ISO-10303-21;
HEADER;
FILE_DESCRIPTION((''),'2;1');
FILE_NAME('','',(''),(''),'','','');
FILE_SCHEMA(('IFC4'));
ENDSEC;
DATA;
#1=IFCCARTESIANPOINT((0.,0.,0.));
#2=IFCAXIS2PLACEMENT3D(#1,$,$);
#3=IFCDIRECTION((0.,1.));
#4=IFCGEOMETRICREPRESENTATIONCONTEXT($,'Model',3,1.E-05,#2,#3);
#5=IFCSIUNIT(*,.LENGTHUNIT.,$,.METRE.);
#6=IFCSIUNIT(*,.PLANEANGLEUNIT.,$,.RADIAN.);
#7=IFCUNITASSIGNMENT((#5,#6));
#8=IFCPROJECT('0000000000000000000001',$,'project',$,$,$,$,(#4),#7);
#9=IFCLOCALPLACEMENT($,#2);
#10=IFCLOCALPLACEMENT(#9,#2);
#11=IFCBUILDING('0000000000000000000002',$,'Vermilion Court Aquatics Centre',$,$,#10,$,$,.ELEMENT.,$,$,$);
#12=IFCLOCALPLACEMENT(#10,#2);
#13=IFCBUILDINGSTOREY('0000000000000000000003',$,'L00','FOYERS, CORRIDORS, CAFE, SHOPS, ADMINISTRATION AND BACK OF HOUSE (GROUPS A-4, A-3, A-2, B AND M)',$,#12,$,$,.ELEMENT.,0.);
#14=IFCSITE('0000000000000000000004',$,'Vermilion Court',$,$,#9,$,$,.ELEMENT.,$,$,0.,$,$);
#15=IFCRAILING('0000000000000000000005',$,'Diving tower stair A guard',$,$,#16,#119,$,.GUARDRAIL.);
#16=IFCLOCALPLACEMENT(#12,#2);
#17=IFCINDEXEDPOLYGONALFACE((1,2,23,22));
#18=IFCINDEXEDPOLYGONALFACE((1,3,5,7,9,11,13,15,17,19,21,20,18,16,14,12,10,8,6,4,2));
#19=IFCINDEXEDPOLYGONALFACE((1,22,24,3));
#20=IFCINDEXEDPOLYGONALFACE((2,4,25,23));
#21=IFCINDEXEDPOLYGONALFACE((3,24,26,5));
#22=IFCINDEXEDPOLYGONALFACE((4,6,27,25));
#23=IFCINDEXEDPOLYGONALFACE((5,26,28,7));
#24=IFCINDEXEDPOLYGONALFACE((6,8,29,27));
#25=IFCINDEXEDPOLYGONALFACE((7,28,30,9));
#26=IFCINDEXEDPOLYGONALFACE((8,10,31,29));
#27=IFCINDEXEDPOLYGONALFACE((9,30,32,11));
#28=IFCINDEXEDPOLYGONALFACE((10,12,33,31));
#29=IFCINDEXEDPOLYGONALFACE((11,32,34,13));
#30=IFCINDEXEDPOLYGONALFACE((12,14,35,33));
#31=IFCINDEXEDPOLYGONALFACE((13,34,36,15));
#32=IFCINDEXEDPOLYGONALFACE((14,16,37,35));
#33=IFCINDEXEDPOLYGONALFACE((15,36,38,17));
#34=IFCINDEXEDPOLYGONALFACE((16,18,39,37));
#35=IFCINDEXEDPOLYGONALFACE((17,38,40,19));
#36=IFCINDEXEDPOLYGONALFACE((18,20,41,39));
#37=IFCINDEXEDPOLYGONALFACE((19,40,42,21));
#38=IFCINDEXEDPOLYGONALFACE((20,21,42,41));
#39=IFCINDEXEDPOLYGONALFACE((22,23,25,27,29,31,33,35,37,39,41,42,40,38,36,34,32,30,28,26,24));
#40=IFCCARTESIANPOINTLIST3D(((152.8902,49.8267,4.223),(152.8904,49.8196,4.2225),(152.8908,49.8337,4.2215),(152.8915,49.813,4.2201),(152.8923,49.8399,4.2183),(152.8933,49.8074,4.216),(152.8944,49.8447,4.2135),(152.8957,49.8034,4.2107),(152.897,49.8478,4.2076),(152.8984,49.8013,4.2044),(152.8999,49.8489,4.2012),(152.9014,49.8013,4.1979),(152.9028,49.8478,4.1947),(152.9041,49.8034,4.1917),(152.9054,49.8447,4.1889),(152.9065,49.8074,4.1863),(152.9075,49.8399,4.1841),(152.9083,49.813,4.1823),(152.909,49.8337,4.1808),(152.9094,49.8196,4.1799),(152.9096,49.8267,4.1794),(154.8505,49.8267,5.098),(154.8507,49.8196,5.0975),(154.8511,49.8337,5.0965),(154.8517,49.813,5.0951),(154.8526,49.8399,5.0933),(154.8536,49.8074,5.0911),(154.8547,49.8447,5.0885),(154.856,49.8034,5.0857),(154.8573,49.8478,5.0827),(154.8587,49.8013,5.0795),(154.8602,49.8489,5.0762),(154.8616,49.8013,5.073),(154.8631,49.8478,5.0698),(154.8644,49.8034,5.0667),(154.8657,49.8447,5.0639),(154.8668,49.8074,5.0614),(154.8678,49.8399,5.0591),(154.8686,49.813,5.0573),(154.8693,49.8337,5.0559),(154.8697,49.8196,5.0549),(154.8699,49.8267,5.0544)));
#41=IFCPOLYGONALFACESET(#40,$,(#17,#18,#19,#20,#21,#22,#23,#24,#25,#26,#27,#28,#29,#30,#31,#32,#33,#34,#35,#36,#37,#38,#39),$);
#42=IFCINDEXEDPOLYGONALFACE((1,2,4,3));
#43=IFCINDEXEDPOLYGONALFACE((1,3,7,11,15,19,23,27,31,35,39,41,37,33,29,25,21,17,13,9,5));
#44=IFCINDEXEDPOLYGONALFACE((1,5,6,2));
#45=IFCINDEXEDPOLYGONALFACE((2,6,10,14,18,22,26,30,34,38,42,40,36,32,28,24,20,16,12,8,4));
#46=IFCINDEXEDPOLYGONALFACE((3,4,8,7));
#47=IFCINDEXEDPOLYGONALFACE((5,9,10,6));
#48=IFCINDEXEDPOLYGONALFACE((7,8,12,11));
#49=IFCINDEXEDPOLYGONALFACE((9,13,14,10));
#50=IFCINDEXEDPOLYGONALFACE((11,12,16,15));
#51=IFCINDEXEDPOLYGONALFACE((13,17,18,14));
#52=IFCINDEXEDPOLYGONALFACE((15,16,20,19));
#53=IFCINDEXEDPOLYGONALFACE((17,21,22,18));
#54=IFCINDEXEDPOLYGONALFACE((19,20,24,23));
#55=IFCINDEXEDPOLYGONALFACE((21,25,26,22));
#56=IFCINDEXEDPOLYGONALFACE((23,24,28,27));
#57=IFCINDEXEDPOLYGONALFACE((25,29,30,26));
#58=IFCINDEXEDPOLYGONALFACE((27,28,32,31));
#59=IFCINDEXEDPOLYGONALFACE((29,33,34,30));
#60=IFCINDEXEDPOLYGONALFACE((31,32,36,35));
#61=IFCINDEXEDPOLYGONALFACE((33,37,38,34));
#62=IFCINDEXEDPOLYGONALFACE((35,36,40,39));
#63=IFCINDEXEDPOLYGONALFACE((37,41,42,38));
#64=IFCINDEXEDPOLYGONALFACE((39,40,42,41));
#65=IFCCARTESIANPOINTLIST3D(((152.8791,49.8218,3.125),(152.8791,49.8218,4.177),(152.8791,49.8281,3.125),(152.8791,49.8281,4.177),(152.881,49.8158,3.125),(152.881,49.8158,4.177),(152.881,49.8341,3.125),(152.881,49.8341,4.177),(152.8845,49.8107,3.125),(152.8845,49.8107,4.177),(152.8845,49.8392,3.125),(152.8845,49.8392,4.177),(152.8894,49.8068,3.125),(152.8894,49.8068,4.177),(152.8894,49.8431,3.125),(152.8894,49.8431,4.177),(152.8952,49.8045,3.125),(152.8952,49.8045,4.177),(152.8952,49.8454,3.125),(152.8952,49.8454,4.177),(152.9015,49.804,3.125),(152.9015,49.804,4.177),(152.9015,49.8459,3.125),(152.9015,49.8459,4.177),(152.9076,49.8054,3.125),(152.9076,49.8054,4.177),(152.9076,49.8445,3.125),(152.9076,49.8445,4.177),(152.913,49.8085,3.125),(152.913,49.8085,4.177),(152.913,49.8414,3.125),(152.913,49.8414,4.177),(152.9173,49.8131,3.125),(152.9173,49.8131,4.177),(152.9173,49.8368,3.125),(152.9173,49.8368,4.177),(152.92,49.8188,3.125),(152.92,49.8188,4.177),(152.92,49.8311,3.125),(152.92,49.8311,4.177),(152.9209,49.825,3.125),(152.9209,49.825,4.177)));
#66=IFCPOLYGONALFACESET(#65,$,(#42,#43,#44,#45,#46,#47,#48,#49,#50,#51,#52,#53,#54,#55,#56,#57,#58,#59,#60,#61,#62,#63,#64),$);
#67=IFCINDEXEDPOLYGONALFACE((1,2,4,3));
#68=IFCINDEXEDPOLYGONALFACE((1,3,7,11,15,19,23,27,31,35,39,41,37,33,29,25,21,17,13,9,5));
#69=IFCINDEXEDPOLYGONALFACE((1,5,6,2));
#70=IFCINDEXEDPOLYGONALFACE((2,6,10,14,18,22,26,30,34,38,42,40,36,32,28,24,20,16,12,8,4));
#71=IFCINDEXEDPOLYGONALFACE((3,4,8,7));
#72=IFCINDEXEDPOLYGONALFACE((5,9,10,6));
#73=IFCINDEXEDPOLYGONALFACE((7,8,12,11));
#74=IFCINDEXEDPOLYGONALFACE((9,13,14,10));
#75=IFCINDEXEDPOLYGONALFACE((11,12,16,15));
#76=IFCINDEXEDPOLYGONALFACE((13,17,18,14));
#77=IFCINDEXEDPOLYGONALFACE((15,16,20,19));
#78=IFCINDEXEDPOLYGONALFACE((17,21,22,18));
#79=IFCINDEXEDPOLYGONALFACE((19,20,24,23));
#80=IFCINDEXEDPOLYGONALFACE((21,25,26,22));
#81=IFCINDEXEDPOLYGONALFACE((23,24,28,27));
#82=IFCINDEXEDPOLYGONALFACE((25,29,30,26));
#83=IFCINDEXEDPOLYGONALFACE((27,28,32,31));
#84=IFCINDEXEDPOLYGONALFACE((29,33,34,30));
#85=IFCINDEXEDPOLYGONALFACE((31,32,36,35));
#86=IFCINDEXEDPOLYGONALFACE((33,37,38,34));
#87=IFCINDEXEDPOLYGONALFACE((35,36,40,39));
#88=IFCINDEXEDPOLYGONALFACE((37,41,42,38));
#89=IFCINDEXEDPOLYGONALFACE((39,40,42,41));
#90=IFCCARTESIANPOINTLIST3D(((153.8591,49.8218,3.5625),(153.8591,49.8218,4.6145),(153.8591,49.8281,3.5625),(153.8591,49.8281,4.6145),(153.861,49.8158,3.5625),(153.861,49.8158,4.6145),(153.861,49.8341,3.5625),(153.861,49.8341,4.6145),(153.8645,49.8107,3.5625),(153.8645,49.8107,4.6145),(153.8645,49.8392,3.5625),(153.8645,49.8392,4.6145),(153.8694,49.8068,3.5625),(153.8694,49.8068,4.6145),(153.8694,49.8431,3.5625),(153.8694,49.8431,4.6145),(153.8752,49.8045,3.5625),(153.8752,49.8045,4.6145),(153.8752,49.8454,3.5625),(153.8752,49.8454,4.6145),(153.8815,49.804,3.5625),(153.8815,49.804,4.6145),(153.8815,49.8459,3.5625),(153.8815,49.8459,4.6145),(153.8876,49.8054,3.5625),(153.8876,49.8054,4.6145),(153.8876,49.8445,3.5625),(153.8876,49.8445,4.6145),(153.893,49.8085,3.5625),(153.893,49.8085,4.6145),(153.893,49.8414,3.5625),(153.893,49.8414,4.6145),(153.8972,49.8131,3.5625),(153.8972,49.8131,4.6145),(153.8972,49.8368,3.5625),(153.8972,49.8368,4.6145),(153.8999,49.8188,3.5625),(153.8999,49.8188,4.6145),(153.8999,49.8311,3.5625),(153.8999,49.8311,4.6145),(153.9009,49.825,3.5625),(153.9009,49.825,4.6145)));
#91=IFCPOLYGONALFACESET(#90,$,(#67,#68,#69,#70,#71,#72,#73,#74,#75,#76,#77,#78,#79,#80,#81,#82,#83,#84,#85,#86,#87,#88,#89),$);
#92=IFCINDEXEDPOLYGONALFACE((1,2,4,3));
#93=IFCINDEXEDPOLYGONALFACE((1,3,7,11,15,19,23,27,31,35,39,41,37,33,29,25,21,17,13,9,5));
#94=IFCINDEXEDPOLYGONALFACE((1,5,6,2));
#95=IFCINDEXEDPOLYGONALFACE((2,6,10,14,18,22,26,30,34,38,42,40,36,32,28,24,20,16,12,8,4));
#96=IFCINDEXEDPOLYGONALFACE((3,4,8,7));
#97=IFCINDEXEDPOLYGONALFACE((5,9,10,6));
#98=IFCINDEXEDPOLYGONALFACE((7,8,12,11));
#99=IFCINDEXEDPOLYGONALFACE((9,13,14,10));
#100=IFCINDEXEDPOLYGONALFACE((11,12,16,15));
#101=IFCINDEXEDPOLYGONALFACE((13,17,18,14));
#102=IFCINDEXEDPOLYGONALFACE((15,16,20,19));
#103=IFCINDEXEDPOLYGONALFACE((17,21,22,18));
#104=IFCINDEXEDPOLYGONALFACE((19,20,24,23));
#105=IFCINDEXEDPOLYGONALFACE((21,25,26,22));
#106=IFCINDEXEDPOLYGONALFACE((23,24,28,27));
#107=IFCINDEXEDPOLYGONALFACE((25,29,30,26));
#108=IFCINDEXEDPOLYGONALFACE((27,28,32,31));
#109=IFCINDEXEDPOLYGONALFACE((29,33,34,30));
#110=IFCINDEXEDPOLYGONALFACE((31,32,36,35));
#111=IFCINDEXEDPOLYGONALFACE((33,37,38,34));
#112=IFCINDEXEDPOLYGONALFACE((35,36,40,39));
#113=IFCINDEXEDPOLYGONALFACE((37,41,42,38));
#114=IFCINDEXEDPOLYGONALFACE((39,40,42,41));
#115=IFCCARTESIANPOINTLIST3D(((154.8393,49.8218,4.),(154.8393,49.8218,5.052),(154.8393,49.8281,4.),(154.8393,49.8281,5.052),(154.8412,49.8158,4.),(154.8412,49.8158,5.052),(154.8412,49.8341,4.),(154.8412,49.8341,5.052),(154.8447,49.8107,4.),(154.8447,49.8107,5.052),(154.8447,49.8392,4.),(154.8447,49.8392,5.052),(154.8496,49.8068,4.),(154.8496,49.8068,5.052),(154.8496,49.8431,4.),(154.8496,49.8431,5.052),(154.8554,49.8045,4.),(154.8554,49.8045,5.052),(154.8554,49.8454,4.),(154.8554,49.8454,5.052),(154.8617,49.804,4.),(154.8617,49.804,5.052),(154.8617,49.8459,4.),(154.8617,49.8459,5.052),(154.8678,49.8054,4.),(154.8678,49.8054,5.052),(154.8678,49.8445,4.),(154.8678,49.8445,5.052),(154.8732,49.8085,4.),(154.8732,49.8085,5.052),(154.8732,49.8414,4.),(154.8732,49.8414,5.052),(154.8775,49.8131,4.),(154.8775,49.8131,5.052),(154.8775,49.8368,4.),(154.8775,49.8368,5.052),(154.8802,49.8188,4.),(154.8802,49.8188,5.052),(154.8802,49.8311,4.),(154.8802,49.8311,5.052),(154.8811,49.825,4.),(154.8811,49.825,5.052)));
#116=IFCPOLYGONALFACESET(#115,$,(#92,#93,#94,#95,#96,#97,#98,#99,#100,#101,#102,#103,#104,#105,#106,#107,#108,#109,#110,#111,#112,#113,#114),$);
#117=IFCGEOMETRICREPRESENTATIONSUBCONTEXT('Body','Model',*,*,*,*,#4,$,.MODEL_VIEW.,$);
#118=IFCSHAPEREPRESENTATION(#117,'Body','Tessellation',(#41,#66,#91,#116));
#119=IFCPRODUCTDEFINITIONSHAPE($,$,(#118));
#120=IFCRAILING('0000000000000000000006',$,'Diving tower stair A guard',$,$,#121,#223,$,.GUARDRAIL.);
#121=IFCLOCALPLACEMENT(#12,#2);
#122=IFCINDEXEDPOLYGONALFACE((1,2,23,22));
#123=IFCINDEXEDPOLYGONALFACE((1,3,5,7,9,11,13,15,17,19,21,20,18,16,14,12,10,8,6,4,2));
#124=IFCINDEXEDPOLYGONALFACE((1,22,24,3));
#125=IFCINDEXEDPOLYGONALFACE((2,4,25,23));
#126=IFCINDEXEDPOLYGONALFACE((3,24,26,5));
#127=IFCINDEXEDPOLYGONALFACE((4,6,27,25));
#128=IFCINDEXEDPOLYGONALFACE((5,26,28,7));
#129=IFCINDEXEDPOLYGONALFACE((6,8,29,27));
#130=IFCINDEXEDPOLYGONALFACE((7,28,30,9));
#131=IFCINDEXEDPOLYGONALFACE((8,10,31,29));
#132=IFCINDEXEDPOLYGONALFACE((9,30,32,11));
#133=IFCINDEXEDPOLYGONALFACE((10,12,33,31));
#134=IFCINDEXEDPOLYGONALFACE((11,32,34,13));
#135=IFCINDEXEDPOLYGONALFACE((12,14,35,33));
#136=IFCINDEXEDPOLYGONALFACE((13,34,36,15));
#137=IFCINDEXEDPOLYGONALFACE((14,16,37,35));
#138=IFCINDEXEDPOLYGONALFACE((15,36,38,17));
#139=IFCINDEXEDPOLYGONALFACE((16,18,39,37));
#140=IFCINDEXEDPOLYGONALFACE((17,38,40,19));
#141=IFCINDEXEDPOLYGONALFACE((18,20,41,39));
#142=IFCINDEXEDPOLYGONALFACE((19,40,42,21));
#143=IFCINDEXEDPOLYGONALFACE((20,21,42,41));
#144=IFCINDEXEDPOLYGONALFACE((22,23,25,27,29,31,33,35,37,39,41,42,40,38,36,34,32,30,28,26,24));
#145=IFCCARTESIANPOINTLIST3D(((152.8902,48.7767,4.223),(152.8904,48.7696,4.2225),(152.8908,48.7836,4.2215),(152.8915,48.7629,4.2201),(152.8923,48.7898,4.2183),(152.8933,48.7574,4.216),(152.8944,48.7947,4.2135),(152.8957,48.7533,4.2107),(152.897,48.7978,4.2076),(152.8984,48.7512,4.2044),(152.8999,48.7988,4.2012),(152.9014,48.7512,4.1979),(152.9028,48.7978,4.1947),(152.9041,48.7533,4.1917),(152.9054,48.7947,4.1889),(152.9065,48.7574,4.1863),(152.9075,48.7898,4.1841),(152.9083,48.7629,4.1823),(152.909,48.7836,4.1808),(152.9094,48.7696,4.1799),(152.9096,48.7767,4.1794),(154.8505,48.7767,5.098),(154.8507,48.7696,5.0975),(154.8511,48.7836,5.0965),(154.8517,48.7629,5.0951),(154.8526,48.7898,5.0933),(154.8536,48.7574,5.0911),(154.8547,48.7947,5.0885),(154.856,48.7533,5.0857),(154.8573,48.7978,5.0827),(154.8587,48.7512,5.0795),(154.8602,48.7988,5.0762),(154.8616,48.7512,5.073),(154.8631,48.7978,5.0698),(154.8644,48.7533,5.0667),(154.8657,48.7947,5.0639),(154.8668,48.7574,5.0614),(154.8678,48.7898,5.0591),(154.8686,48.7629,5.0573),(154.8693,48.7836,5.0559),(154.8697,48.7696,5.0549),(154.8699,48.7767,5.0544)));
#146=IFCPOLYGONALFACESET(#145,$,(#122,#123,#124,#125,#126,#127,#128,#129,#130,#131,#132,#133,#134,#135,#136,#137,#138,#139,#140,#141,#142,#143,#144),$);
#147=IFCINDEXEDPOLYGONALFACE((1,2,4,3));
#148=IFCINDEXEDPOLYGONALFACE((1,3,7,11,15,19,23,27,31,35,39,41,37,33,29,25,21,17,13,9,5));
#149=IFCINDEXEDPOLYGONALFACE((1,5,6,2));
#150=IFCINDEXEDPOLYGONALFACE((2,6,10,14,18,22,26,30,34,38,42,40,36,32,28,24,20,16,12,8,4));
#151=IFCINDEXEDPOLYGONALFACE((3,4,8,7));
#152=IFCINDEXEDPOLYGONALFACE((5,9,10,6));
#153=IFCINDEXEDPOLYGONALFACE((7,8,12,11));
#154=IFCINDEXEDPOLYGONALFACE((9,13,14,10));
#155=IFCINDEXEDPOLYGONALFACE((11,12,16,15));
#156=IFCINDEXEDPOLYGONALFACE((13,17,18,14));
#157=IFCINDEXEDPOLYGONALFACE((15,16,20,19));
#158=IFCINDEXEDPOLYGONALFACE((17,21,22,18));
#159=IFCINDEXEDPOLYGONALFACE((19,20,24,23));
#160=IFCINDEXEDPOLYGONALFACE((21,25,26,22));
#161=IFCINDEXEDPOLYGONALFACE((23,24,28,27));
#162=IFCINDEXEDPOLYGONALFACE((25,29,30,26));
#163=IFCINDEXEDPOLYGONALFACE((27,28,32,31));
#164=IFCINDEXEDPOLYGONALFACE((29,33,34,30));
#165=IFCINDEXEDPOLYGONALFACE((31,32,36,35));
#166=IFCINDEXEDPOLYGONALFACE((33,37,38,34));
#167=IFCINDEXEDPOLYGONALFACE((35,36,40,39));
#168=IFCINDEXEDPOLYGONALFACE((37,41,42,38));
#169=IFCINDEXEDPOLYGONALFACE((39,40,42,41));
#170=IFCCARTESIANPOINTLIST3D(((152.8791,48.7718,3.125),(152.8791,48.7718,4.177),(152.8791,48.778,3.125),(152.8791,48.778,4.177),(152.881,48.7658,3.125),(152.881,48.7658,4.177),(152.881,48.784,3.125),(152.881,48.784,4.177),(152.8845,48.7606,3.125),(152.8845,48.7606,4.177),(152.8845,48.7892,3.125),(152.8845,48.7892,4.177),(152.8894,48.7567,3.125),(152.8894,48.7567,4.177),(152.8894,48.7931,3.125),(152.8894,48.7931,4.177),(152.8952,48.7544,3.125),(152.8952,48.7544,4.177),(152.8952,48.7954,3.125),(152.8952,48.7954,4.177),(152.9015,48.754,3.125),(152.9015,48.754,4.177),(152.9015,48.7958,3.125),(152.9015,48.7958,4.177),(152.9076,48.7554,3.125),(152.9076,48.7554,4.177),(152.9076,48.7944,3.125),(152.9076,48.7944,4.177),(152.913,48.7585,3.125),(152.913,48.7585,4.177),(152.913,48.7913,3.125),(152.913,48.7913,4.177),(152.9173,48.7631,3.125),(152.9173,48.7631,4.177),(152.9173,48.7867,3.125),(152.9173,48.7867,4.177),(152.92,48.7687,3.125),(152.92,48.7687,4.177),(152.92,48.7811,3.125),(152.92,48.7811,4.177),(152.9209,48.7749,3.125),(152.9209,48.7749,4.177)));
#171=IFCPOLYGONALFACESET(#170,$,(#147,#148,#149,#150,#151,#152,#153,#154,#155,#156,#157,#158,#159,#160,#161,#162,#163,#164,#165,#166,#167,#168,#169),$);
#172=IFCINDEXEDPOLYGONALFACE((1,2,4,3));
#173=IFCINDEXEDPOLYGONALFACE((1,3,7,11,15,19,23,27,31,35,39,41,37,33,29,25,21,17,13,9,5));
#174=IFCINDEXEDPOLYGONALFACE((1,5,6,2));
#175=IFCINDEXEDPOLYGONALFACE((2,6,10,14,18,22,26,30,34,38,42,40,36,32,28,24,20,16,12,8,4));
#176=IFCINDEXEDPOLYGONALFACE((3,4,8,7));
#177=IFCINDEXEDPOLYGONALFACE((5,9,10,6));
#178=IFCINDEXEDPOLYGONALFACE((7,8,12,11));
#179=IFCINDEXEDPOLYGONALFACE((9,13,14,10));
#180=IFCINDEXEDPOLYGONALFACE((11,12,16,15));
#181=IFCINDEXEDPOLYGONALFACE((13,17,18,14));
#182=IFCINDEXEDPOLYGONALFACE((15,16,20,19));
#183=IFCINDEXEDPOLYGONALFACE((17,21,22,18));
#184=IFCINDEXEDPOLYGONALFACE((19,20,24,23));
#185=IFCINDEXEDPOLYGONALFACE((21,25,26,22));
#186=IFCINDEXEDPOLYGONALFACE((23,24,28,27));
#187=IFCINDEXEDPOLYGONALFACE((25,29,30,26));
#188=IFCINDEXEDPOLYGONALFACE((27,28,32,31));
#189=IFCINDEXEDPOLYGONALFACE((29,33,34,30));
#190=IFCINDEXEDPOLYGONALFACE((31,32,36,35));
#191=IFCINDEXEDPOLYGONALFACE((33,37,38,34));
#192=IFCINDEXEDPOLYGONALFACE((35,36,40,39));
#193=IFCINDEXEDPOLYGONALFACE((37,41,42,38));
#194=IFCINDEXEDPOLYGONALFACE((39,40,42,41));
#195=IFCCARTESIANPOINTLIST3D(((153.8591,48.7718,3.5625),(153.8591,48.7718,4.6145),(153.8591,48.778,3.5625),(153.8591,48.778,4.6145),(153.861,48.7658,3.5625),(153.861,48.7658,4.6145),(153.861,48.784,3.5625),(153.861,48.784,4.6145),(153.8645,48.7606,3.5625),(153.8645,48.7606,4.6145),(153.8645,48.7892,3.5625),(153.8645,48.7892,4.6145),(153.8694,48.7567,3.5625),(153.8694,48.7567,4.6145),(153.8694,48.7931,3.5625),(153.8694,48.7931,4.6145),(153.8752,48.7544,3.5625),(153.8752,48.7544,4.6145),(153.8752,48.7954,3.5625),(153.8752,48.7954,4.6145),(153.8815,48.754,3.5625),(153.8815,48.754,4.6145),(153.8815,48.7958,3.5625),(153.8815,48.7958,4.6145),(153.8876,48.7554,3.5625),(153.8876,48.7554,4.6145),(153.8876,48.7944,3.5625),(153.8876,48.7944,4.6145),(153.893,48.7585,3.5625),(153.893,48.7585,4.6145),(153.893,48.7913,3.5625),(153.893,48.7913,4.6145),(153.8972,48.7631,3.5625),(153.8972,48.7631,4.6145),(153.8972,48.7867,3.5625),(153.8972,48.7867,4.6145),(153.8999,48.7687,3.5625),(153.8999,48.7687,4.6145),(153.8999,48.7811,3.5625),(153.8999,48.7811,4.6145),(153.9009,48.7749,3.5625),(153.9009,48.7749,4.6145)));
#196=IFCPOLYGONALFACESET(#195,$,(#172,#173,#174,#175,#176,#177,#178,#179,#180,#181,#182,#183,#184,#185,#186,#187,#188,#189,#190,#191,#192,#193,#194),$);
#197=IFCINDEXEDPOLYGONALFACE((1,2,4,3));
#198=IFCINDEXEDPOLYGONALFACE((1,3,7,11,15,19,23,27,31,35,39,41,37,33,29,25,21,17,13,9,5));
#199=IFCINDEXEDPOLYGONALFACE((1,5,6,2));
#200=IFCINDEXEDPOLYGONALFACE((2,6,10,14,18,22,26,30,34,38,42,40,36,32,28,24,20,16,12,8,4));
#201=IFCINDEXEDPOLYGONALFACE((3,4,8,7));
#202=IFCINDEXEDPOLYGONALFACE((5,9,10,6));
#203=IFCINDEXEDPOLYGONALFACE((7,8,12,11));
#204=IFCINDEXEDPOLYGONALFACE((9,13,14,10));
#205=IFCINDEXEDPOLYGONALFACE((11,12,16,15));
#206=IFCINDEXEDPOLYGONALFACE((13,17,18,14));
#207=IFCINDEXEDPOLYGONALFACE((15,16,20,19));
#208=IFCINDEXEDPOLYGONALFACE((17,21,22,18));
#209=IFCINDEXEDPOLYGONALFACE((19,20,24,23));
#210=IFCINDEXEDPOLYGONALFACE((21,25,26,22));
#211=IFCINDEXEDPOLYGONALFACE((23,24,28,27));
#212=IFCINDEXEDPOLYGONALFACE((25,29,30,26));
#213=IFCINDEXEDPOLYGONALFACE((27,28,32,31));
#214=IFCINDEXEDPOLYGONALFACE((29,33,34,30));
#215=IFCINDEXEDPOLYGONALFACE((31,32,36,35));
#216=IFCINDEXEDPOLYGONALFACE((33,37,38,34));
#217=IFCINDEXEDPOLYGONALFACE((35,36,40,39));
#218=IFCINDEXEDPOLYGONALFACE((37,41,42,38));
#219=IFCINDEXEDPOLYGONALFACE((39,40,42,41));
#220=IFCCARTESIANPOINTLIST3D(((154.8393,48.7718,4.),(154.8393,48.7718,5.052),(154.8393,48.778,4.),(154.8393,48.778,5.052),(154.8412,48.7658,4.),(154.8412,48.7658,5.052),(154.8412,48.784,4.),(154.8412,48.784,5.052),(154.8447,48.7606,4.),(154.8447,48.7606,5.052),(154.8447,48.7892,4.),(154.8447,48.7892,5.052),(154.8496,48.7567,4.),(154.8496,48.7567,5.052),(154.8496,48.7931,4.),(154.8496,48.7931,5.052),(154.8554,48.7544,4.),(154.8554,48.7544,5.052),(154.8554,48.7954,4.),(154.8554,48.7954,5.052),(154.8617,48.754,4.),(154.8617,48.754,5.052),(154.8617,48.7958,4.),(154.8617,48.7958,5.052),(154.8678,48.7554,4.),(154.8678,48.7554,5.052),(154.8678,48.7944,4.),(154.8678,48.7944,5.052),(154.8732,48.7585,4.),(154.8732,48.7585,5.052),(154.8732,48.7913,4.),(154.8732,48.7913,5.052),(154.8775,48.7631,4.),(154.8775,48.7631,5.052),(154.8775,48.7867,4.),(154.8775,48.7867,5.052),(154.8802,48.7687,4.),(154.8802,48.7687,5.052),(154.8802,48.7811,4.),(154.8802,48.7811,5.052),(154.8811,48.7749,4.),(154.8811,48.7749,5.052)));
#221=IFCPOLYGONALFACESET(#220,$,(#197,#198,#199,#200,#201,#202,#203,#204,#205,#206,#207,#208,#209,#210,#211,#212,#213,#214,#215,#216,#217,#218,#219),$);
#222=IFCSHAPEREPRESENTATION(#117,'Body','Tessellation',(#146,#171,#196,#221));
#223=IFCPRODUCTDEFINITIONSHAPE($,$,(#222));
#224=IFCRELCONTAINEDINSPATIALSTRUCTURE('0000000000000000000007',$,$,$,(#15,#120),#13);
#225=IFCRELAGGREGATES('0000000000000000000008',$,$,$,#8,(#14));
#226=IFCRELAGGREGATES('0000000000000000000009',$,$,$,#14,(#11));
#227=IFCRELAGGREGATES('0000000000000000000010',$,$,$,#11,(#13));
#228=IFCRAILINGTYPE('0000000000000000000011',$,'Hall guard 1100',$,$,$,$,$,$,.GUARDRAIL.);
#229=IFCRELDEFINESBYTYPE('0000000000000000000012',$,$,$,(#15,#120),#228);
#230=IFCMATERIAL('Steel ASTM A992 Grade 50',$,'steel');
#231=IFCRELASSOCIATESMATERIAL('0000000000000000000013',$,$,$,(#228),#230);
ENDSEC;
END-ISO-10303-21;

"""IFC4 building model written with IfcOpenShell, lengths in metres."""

from ifc_helpers import new_model, si_unit, direction, frame, origin, origin_2d, place, context, subcontext, project, spatial, circle, extrude, material, type_object, element, save


model = new_model("IFC4")

# Units and contexts
model_context = context("Model", 3, precision=1e-05, world=origin(), true_north=direction((0.0, 1.0)))
body_context = subcontext(model_context, "Body", "Model", "MODEL_VIEW")
ifc_project = project(units=[si_unit("LENGTHUNIT", "METRE"), si_unit("PLANEANGLEUNIT", "RADIAN")], contexts=[model_context])

# Site, building, storey
site_placement = place(None, origin())
site = spatial("IfcSite", under=ifc_project, at=site_placement, Name="Vermilion Court", CompositionType="ELEMENT", RefElevation=0.0)
building_placement = place(site_placement, origin())
building = spatial("IfcBuilding", under=site, at=building_placement, Name="Vermilion Court Aquatics Centre", CompositionType="ELEMENT")
storey_placement = place(building_placement, origin())
storey = spatial("IfcBuildingStorey", under=building, at=storey_placement, Name="L00", Description="FOYERS, CORRIDORS, CAFE, SHOPS, ADMINISTRATION AND BACK OF HOUSE (GROUPS A-4, A-3, A-2, B AND M)", CompositionType="ELEMENT", Elevation=0.0)

# Railings
ifc_material_1 = material(Name="Steel ASTM A992 Grade 50", Category="steel")
railing_type_1 = type_object("IfcRailingType", Name="Hall guard 1100", PredefinedType="GUARDRAIL", material=ifc_material_1)
for number, where, name in (
    (1, (152.8999, 49.825, 3.125), "Diving tower stair A guard"),
    (2, (152.8999, 48.7749, 3.125), "Diving tower stair A guard"),
):
    element("IfcRailing", number, at=place(storey_placement, frame(where)), inside=storey, type_object=railing_type_1, Name=name, PredefinedType="GUARDRAIL", context=body_context, shape_type="SweptSolid", body=[
        extrude(circle(Radius=0.0239, at=origin_2d()), frame((0.0, 0.0, 1.0762), z_axis=(0.913154, 0.0, 0.407615), x_axis=(0.0, 1.0, 0.0)), (0.0, 0.0, 1.0), 2.1467),
        extrude(circle(Radius=0.021, at=origin_2d()), origin(), (0.0, 0.0, 1.0), 1.052),
        extrude(circle(Radius=0.021, at=origin_2d()), frame((0.98, 0.0, 0.4375)), (0.0, 0.0, 1.0), 1.052),
        extrude(circle(Radius=0.021, at=origin_2d()), frame((1.9602, 0.0, 0.875)), (0.0, 0.0, 1.0), 1.052),
    ])

save(model, "model.ifc")
